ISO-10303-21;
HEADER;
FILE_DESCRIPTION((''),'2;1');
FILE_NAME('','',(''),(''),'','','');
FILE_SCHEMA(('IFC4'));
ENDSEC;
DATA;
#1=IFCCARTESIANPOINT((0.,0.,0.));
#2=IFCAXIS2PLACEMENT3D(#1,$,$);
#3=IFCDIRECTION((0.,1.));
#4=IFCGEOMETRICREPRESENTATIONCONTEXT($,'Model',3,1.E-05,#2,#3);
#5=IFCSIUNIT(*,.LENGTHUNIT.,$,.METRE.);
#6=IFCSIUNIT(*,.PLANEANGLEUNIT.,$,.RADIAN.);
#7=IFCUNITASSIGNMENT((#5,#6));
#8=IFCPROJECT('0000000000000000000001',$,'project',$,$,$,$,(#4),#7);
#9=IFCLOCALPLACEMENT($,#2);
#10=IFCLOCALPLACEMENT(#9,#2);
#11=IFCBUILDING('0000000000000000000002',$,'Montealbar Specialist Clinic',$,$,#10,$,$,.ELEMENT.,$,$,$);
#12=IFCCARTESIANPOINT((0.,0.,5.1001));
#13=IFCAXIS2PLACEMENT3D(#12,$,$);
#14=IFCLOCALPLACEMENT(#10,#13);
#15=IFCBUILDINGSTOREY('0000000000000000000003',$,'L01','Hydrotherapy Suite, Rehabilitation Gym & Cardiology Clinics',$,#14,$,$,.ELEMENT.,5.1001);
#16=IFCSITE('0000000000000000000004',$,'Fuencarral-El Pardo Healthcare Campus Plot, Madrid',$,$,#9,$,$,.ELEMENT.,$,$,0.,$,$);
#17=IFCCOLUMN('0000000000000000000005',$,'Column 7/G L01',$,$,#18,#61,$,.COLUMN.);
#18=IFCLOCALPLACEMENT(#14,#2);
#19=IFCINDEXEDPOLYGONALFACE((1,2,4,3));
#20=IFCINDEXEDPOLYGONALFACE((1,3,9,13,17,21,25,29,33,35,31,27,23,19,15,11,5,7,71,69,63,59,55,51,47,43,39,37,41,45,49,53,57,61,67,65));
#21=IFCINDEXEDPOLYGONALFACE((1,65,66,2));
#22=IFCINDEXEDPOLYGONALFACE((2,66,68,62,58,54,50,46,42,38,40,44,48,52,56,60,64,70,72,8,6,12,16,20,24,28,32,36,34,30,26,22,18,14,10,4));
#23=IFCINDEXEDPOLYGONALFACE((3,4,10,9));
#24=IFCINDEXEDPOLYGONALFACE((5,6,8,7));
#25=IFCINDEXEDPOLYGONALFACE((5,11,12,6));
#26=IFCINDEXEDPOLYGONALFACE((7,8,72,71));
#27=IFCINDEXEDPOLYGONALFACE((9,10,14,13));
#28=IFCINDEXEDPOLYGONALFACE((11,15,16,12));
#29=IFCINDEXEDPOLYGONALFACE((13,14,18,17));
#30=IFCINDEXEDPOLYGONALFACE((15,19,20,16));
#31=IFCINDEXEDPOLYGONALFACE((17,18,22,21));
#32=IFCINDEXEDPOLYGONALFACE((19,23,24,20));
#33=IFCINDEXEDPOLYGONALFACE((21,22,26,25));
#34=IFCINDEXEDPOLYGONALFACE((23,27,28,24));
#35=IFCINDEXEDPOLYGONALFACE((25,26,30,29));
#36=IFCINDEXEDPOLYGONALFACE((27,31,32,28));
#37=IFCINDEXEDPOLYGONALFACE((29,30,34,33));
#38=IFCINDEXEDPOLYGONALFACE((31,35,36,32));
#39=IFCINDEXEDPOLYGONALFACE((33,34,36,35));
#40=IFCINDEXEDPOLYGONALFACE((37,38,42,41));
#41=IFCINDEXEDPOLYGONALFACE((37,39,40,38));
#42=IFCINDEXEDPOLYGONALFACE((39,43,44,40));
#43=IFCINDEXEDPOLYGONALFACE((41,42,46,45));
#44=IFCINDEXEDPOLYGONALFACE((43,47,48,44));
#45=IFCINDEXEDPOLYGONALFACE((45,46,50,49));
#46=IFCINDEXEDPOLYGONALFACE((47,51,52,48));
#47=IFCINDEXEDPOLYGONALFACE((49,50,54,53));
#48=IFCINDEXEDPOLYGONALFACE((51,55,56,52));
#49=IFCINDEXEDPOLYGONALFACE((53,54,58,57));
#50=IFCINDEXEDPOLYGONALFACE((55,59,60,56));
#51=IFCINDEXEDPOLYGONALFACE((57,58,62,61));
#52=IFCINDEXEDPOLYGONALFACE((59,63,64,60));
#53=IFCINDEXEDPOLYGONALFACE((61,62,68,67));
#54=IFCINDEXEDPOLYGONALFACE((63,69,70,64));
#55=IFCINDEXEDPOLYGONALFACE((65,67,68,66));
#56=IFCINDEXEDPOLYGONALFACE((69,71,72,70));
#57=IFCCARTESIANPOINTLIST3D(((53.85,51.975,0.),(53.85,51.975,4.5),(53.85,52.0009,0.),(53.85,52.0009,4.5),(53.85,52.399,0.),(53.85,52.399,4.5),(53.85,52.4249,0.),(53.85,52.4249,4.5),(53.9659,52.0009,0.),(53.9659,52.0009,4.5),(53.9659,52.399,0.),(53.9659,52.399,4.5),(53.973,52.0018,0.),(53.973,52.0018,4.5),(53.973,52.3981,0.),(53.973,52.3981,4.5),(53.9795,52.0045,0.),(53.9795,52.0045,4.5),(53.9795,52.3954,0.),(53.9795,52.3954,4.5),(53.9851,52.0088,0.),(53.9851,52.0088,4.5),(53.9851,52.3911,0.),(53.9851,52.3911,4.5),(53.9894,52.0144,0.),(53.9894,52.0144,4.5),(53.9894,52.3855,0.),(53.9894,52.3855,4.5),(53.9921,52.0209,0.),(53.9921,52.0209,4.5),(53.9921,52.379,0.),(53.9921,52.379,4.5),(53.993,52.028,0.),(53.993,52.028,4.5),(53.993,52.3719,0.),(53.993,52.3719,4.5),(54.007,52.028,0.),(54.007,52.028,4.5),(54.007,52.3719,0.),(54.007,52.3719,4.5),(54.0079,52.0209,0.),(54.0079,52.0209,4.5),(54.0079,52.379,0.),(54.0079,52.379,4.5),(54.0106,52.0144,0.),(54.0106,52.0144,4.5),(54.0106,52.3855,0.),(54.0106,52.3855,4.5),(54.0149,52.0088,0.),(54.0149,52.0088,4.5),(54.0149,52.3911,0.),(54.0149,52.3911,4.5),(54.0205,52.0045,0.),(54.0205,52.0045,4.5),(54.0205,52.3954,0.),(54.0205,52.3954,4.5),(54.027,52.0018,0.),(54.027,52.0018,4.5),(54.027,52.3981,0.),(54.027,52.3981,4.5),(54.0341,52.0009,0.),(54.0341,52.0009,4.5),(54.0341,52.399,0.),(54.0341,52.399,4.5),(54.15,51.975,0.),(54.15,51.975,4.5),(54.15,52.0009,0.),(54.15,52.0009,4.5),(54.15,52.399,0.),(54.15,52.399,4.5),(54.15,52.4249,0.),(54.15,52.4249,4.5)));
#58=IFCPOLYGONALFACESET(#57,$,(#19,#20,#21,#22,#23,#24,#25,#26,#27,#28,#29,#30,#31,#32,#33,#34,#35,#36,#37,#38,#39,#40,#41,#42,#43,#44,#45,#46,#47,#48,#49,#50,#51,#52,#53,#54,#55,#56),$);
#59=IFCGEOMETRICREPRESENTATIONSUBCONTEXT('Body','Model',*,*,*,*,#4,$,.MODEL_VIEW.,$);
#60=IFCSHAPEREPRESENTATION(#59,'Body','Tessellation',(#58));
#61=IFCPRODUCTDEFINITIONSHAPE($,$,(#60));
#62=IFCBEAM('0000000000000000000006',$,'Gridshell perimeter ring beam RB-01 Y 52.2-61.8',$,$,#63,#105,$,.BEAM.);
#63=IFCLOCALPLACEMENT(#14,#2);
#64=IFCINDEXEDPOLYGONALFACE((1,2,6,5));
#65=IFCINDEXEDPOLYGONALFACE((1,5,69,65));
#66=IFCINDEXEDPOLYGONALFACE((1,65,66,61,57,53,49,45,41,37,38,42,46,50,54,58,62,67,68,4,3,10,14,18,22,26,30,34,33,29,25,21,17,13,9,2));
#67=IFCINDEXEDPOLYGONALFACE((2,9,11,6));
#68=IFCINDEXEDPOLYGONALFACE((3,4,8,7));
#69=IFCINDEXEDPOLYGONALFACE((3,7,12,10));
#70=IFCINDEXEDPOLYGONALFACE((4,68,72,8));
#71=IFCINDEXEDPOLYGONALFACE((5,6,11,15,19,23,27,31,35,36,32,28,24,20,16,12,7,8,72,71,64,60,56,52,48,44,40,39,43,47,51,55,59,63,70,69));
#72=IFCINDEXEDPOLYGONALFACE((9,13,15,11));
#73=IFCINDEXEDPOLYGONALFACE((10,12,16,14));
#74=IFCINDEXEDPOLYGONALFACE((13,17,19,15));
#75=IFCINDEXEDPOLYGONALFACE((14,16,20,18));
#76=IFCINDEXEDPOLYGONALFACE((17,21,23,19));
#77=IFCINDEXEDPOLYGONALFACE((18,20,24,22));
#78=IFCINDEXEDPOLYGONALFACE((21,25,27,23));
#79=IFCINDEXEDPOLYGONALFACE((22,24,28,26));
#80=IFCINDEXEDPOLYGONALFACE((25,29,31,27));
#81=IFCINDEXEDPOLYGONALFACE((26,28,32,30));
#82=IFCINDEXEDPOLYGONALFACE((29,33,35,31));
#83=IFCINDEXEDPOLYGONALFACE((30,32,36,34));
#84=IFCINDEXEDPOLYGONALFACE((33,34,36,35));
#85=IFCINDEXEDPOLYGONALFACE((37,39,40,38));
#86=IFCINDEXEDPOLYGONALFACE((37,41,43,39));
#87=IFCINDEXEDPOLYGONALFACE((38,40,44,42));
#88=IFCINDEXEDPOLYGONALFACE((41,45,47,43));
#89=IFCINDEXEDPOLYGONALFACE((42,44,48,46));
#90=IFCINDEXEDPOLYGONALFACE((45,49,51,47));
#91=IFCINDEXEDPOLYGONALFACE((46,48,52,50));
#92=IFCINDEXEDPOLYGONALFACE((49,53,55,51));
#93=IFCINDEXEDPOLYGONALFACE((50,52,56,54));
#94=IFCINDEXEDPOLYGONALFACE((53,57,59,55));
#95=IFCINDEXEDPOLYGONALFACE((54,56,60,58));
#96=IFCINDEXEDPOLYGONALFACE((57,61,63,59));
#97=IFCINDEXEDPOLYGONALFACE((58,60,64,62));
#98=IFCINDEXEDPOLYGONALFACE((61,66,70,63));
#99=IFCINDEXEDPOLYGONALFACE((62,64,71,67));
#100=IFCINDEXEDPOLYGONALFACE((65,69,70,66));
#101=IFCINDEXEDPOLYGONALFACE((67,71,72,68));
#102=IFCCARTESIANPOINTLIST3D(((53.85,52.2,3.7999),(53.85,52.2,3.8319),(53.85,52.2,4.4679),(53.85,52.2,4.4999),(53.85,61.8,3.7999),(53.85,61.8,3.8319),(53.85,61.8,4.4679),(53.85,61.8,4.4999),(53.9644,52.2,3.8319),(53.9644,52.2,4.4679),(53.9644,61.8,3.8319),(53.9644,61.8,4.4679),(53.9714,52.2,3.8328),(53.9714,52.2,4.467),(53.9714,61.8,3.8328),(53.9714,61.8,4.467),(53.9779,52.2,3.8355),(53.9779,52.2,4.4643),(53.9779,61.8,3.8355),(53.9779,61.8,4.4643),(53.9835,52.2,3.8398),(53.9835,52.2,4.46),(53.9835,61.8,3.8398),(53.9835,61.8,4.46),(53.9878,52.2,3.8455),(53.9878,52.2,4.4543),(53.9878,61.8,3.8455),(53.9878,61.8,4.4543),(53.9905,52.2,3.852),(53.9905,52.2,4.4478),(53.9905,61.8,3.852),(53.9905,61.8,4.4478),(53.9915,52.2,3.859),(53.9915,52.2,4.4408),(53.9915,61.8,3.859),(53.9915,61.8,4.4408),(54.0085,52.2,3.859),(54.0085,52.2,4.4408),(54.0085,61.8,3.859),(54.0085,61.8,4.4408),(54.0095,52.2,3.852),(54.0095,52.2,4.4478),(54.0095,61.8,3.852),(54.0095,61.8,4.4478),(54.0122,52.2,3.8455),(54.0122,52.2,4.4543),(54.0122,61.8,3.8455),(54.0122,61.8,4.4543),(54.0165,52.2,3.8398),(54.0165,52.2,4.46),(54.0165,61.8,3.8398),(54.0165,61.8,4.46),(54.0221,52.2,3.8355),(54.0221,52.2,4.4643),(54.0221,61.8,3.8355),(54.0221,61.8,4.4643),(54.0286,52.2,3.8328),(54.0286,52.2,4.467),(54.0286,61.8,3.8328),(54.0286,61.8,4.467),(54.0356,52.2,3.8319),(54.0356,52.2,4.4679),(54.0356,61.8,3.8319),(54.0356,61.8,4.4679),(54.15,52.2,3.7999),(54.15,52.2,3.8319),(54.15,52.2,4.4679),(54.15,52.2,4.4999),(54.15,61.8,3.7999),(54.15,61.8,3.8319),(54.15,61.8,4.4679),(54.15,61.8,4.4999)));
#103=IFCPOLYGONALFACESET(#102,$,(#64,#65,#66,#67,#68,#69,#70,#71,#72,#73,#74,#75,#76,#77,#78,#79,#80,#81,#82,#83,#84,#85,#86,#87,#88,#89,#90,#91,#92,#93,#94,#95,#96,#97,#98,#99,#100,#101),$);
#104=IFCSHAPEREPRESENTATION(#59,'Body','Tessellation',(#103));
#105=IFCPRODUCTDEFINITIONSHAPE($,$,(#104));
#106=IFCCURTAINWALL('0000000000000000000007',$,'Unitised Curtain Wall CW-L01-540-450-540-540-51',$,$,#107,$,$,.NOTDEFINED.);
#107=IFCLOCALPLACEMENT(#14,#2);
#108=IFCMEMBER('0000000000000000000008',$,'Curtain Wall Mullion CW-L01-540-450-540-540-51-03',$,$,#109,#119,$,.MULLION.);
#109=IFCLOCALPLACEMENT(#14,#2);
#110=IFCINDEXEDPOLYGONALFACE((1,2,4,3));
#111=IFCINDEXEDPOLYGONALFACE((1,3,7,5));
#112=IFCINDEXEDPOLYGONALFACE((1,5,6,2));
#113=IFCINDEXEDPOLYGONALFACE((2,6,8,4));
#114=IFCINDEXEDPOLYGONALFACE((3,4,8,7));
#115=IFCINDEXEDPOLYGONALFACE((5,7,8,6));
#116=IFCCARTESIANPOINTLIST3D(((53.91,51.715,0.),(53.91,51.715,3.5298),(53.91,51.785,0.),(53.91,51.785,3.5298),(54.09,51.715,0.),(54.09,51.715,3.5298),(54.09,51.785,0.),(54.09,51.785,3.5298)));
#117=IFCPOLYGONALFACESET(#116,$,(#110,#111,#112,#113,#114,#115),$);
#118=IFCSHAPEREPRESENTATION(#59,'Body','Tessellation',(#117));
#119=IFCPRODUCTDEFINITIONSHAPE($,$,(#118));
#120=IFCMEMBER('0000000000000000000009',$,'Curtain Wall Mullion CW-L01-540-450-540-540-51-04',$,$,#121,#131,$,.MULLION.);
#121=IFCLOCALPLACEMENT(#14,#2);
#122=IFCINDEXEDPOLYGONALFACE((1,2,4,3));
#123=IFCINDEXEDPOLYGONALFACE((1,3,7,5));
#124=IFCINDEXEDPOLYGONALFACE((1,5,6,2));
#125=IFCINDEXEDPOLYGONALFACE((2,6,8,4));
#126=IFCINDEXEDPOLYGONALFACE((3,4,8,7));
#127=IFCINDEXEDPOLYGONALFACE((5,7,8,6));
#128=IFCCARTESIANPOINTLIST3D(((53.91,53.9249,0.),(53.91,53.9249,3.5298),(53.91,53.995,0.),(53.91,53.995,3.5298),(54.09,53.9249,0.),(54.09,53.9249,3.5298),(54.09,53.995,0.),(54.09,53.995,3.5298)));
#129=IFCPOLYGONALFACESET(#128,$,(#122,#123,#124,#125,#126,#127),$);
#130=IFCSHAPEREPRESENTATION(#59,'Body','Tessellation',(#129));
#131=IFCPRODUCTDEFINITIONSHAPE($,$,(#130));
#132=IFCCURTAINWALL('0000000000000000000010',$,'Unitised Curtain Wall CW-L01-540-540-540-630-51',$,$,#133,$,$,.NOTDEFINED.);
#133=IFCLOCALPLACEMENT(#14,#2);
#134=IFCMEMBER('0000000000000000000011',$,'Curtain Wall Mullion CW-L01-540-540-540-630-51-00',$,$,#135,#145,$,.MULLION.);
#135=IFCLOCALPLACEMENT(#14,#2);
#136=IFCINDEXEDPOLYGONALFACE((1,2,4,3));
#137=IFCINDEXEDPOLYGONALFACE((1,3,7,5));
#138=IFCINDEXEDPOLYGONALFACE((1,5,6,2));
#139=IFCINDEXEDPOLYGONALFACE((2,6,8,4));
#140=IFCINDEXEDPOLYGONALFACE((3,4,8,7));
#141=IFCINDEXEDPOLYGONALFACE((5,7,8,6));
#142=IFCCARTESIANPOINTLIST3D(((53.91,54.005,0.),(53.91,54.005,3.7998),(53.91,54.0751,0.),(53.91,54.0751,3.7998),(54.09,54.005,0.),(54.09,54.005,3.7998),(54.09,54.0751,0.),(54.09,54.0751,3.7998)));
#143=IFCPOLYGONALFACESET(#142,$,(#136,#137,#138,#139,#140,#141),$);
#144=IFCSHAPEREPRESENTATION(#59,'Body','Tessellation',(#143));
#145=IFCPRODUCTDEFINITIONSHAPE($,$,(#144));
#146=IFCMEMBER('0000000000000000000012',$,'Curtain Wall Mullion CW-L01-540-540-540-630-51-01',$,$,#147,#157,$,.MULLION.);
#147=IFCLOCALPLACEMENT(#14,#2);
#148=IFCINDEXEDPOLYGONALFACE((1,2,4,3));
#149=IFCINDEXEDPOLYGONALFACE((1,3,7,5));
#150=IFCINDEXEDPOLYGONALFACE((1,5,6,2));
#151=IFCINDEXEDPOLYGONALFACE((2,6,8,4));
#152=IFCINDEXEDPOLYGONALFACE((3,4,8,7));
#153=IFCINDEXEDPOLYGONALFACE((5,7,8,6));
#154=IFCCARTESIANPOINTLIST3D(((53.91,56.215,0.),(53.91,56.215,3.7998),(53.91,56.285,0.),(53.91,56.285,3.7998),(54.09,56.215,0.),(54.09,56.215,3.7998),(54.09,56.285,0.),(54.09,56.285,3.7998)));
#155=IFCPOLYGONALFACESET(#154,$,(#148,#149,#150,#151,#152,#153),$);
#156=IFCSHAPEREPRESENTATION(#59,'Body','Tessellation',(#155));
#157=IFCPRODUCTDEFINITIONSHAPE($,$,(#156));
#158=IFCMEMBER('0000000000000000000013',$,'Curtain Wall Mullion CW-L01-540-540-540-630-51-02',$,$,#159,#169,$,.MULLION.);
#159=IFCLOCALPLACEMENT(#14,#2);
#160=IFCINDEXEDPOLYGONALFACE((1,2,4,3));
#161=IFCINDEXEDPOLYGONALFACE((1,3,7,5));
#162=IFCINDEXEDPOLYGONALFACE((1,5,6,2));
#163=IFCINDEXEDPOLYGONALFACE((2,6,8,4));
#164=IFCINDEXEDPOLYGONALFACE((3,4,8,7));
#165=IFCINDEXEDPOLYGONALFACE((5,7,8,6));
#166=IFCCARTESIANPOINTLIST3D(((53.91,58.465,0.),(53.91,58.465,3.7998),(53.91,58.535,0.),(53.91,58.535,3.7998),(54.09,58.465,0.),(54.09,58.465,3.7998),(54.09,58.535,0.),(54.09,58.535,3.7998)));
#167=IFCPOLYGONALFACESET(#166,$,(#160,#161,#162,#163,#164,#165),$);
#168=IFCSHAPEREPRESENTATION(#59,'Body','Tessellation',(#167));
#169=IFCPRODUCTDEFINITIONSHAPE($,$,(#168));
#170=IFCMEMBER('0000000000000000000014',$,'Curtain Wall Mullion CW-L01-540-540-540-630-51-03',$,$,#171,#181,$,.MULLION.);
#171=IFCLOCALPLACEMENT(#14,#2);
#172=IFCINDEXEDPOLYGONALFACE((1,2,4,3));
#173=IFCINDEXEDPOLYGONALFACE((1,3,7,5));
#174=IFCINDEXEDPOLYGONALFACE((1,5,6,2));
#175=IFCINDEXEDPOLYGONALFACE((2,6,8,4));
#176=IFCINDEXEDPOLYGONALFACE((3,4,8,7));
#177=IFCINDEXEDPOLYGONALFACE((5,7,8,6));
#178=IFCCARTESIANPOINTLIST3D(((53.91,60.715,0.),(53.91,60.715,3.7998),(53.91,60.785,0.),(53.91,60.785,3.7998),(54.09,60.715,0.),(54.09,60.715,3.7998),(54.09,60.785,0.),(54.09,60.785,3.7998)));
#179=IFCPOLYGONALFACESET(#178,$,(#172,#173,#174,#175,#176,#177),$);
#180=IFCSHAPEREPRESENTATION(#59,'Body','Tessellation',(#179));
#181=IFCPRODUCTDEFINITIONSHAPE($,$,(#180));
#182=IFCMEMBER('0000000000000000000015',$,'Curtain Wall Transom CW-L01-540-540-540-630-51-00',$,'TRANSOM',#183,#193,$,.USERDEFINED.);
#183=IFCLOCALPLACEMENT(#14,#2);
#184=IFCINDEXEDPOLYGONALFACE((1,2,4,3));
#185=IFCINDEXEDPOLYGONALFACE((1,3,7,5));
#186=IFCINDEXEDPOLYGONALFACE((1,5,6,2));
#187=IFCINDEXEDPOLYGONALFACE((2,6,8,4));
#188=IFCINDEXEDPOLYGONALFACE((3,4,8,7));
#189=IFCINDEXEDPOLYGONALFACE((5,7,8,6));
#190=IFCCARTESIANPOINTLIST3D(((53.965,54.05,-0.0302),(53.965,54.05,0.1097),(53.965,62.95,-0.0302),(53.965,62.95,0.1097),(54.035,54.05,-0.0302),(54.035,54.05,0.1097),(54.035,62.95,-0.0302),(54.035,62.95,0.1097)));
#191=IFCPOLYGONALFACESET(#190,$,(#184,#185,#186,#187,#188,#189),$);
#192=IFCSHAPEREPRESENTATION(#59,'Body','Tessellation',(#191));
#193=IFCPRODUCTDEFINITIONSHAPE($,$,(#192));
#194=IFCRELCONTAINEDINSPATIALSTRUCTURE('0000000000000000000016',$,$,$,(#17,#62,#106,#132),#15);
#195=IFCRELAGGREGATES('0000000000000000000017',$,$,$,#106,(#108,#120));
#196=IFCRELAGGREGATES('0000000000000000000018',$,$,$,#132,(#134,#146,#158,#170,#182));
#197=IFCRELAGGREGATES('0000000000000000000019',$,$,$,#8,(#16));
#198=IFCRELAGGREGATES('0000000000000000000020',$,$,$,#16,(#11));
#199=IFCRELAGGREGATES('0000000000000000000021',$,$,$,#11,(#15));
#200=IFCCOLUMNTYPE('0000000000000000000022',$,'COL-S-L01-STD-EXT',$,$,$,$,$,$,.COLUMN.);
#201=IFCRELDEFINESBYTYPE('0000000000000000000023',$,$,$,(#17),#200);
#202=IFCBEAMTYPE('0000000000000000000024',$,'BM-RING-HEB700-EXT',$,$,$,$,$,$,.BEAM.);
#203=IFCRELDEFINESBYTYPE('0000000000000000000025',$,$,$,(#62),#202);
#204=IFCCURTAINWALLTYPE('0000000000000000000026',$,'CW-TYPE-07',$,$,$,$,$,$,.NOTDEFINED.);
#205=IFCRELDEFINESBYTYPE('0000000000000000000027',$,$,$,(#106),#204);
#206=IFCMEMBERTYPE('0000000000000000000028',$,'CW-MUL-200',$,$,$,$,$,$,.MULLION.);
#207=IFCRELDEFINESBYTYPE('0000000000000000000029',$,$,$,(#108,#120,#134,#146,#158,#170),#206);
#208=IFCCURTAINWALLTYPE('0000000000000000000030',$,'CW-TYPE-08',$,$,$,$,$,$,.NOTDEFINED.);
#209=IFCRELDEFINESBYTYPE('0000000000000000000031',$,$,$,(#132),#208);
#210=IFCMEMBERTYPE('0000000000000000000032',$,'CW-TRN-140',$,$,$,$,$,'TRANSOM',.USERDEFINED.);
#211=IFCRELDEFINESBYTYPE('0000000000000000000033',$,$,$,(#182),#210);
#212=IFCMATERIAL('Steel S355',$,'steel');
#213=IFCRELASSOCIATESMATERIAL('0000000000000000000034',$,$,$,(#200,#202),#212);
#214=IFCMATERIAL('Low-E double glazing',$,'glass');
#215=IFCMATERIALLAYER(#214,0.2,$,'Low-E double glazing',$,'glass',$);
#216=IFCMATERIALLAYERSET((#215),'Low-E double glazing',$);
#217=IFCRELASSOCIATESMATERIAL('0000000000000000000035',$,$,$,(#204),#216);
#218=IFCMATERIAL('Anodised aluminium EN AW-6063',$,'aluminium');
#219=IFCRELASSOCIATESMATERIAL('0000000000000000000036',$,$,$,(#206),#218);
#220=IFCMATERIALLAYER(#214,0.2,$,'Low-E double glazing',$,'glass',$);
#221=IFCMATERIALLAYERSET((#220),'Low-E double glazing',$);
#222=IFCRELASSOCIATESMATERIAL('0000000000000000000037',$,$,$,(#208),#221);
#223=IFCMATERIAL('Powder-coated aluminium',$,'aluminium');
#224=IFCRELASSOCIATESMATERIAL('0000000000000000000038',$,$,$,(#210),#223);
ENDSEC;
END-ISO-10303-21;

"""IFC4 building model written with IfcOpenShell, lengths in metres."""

from ifc_helpers import new_model, si_unit, direction, frame, origin, origin_2d, place, context, subcontext, project, spatial, rectangle, i_section, extrude, material, layer, layer_set, material_profile, profile_set, type_object, element, aggregate, save


model = new_model("IFC4")

# Units and contexts
model_context = context("Model", 3, precision=1e-05, world=origin(), true_north=direction((0.0, 1.0)))
body_context = subcontext(model_context, "Body", "Model", "MODEL_VIEW")
ifc_project = project(units=[si_unit("LENGTHUNIT", "METRE"), si_unit("PLANEANGLEUNIT", "RADIAN")], contexts=[model_context])

# Site, building, storey
site_placement = place(None, origin())
site = spatial("IfcSite", under=ifc_project, at=site_placement, Name="Fuencarral-El Pardo Healthcare Campus Plot, Madrid", CompositionType="ELEMENT", RefElevation=0.0)
building_placement = place(site_placement, origin())
building = spatial("IfcBuilding", under=site, at=building_placement, Name="Montealbar Specialist Clinic", CompositionType="ELEMENT")
storey_placement = place(building_placement, frame((0.0, 0.0, 5.1001)))
storey = spatial("IfcBuildingStorey", under=building, at=storey_placement, Name="L01", Description="Hydrotherapy Suite, Rehabilitation Gym & Cardiology Clinics", CompositionType="ELEMENT", Elevation=5.1001)

# Column
ifc_material_1 = material(Name="Steel S355", Category="steel")
ifc_material_profile_1 = material_profile(ifc_material_1, i_section(OverallWidth=0.3, OverallDepth=0.45, WebThickness=0.0139, FlangeThickness=0.0259, FilletRadius=0.0271, at=origin_2d()), Name="HEB 450", Category="steel")
ifc_profile_set_1 = profile_set([ifc_material_profile_1], Name="Steel S355")
column_type = type_object("IfcColumnType", Name="COL-S-L01-STD-EXT", PredefinedType="COLUMN", material=ifc_profile_set_1)
column_placement = place(storey_placement, frame((54.0, 52.2, 0.0), z_axis=(0.0, 0.0, 1.0), x_axis=(1.0, 0.0, 0.0)))
element("IfcColumn", 1, at=column_placement, inside=storey, type_object=column_type, Name="Column 7/G L01", PredefinedType="COLUMN", context=body_context, shape_type="SweptSolid", body=[
    extrude(i_section(OverallWidth=0.3, OverallDepth=0.45, WebThickness=0.0139, FlangeThickness=0.0259, FilletRadius=0.0271, at=origin_2d()), origin(), (0.0, 0.0, 1.0), 4.5),
])

# Beam
ifc_material_profile_2 = material_profile(ifc_material_1, i_section(OverallWidth=0.3, OverallDepth=0.7, WebThickness=0.0171, FlangeThickness=0.032, FilletRadius=0.0271, at=origin_2d()), Name="HEB 700", Category="steel")
ifc_profile_set_2 = profile_set([ifc_material_profile_2], Name="Steel S355")
beam_type = type_object("IfcBeamType", Name="BM-RING-HEB700-EXT", PredefinedType="BEAM", material=ifc_profile_set_2)
beam_placement = place(storey_placement, frame((54.0, 52.2, 4.1499), z_axis=(0.0, 1.0, 0.0), x_axis=(-1.0, 0.0, 0.0)))
element("IfcBeam", 2, at=beam_placement, inside=storey, type_object=beam_type, Name="Gridshell perimeter ring beam RB-01 Y 52.2-61.8", PredefinedType="BEAM", context=body_context, shape_type="SweptSolid", body=[
    extrude(i_section(OverallWidth=0.3, OverallDepth=0.7, WebThickness=0.0171, FlangeThickness=0.032, FilletRadius=0.0271, at=origin_2d()), origin(), (0.0, 0.0, 1.0), 9.6001),
])

# Curtain walls, members
ifc_material_2 = material(Name="Low-E double glazing", Category="glass")
ifc_layer_1 = layer(ifc_material_2, 0.2, Name="Low-E double glazing", Category="glass")
ifc_layer_set_1 = layer_set([ifc_layer_1], Name="Low-E double glazing")
curtain_wall_type_1 = type_object("IfcCurtainWallType", Name="CW-TYPE-07", PredefinedType="NOTDEFINED", material=ifc_layer_set_1)
curtain_wall_1_placement = place(storey_placement, origin())
curtain_wall_1 = element("IfcCurtainWall", 3, at=curtain_wall_1_placement, inside=storey, type_object=curtain_wall_type_1, Name="Unitised Curtain Wall CW-L01-540-450-540-540-51", PredefinedType="NOTDEFINED")
ifc_material_3 = material(Name="Anodised aluminium EN AW-6063", Category="aluminium")
ifc_material_profile_3 = material_profile(ifc_material_3, rectangle(XDim=0.0701, YDim=0.1799, at=origin_2d()), Name="ALU 70x180", Category="aluminium")
ifc_profile_set_3 = profile_set([ifc_material_profile_3], Name="Anodised aluminium EN AW-6063")
member_type_1 = type_object("IfcMemberType", Name="CW-MUL-200", PredefinedType="MULLION", material=ifc_profile_set_3)
member_1_placement = place(storey_placement, frame((54.0, 51.75, 0.0), z_axis=(0.0, 0.0, 1.0), x_axis=(0.0, 1.0, 0.0)))
member_1 = element("IfcMember", 4, at=member_1_placement, type_object=member_type_1, Name="Curtain Wall Mullion CW-L01-540-450-540-540-51-03", PredefinedType="MULLION", context=body_context, shape_type="SweptSolid", body=[
    extrude(rectangle(XDim=0.0701, YDim=0.1799, at=origin_2d()), origin(), (0.0, 0.0, 1.0), 3.5298),
])
member_2_placement = place(storey_placement, frame((54.0, 53.96, 0.0), z_axis=(0.0, 0.0, 1.0), x_axis=(0.0, 1.0, 0.0)))
member_2 = element("IfcMember", 5, at=member_2_placement, type_object=member_type_1, Name="Curtain Wall Mullion CW-L01-540-450-540-540-51-04", PredefinedType="MULLION", context=body_context, shape_type="SweptSolid", body=[
    extrude(rectangle(XDim=0.0701, YDim=0.1799, at=origin_2d()), origin(), (0.0, 0.0, 1.0), 3.5298),
])
ifc_layer_2 = layer(ifc_material_2, 0.2, Name="Low-E double glazing", Category="glass")
ifc_layer_set_2 = layer_set([ifc_layer_2], Name="Low-E double glazing")
curtain_wall_type_2 = type_object("IfcCurtainWallType", Name="CW-TYPE-08", PredefinedType="NOTDEFINED", material=ifc_layer_set_2)
curtain_wall_2_placement = place(storey_placement, origin())
curtain_wall_2 = element("IfcCurtainWall", 6, at=curtain_wall_2_placement, inside=storey, type_object=curtain_wall_type_2, Name="Unitised Curtain Wall CW-L01-540-540-540-630-51", PredefinedType="NOTDEFINED")
member_3_placement = place(storey_placement, frame((54.0, 54.04, 0.0), z_axis=(0.0, 0.0, 1.0), x_axis=(0.0, 1.0, 0.0)))
member_3 = element("IfcMember", 7, at=member_3_placement, type_object=member_type_1, Name="Curtain Wall Mullion CW-L01-540-540-540-630-51-00", PredefinedType="MULLION", context=body_context, shape_type="SweptSolid", body=[
    extrude(rectangle(XDim=0.0701, YDim=0.1799, at=origin_2d()), origin(), (0.0, 0.0, 1.0), 3.7998),
])
member_4_placement = place(storey_placement, frame((54.0, 56.25, 0.0), z_axis=(0.0, 0.0, 1.0), x_axis=(0.0, 1.0, 0.0)))
member_4 = element("IfcMember", 8, at=member_4_placement, type_object=member_type_1, Name="Curtain Wall Mullion CW-L01-540-540-540-630-51-01", PredefinedType="MULLION", context=body_context, shape_type="SweptSolid", body=[
    extrude(rectangle(XDim=0.0701, YDim=0.1799, at=origin_2d()), origin(), (0.0, 0.0, 1.0), 3.7998),
])
member_5_placement = place(storey_placement, frame((54.0, 58.5, 0.0), z_axis=(0.0, 0.0, 1.0), x_axis=(0.0, 1.0, 0.0)))
member_5 = element("IfcMember", 9, at=member_5_placement, type_object=member_type_1, Name="Curtain Wall Mullion CW-L01-540-540-540-630-51-02", PredefinedType="MULLION", context=body_context, shape_type="SweptSolid", body=[
    extrude(rectangle(XDim=0.0701, YDim=0.1799, at=origin_2d()), origin(), (0.0, 0.0, 1.0), 3.7998),
])
member_6_placement = place(storey_placement, frame((54.0, 60.75, 0.0), z_axis=(0.0, 0.0, 1.0), x_axis=(0.0, 1.0, 0.0)))
member_6 = element("IfcMember", 10, at=member_6_placement, type_object=member_type_1, Name="Curtain Wall Mullion CW-L01-540-540-540-630-51-03", PredefinedType="MULLION", context=body_context, shape_type="SweptSolid", body=[
    extrude(rectangle(XDim=0.0701, YDim=0.1799, at=origin_2d()), origin(), (0.0, 0.0, 1.0), 3.7998),
])
ifc_material_4 = material(Name="Powder-coated aluminium", Category="aluminium")
ifc_material_profile_4 = material_profile(ifc_material_4, rectangle(XDim=0.0701, YDim=0.1399, at=origin_2d()), Name="ALU 70x140", Category="aluminium")
ifc_profile_set_4 = profile_set([ifc_material_profile_4], Name="Powder-coated aluminium")
member_type_2 = type_object("IfcMemberType", Name="CW-TRN-140", ElementType="TRANSOM", PredefinedType="USERDEFINED", material=ifc_profile_set_4)
member_7_placement = place(storey_placement, frame((54.0, 54.05, 0.0398), z_axis=(0.0, 1.0, 0.0), x_axis=(-1.0, 0.0, 0.0)))
member_7 = element("IfcMember", 11, at=member_7_placement, type_object=member_type_2, Name="Curtain Wall Transom CW-L01-540-540-540-630-51-00", ObjectType="TRANSOM", PredefinedType="USERDEFINED", context=body_context, shape_type="SweptSolid", body=[
    extrude(rectangle(XDim=0.0701, YDim=0.1399, at=origin_2d()), origin(), (0.0, 0.0, 1.0), 8.8999),
])

aggregate(curtain_wall_1, [member_1, member_2])
aggregate(curtain_wall_2, [member_3, member_4, member_5, member_6, member_7])

save(model, "model.ifc")
